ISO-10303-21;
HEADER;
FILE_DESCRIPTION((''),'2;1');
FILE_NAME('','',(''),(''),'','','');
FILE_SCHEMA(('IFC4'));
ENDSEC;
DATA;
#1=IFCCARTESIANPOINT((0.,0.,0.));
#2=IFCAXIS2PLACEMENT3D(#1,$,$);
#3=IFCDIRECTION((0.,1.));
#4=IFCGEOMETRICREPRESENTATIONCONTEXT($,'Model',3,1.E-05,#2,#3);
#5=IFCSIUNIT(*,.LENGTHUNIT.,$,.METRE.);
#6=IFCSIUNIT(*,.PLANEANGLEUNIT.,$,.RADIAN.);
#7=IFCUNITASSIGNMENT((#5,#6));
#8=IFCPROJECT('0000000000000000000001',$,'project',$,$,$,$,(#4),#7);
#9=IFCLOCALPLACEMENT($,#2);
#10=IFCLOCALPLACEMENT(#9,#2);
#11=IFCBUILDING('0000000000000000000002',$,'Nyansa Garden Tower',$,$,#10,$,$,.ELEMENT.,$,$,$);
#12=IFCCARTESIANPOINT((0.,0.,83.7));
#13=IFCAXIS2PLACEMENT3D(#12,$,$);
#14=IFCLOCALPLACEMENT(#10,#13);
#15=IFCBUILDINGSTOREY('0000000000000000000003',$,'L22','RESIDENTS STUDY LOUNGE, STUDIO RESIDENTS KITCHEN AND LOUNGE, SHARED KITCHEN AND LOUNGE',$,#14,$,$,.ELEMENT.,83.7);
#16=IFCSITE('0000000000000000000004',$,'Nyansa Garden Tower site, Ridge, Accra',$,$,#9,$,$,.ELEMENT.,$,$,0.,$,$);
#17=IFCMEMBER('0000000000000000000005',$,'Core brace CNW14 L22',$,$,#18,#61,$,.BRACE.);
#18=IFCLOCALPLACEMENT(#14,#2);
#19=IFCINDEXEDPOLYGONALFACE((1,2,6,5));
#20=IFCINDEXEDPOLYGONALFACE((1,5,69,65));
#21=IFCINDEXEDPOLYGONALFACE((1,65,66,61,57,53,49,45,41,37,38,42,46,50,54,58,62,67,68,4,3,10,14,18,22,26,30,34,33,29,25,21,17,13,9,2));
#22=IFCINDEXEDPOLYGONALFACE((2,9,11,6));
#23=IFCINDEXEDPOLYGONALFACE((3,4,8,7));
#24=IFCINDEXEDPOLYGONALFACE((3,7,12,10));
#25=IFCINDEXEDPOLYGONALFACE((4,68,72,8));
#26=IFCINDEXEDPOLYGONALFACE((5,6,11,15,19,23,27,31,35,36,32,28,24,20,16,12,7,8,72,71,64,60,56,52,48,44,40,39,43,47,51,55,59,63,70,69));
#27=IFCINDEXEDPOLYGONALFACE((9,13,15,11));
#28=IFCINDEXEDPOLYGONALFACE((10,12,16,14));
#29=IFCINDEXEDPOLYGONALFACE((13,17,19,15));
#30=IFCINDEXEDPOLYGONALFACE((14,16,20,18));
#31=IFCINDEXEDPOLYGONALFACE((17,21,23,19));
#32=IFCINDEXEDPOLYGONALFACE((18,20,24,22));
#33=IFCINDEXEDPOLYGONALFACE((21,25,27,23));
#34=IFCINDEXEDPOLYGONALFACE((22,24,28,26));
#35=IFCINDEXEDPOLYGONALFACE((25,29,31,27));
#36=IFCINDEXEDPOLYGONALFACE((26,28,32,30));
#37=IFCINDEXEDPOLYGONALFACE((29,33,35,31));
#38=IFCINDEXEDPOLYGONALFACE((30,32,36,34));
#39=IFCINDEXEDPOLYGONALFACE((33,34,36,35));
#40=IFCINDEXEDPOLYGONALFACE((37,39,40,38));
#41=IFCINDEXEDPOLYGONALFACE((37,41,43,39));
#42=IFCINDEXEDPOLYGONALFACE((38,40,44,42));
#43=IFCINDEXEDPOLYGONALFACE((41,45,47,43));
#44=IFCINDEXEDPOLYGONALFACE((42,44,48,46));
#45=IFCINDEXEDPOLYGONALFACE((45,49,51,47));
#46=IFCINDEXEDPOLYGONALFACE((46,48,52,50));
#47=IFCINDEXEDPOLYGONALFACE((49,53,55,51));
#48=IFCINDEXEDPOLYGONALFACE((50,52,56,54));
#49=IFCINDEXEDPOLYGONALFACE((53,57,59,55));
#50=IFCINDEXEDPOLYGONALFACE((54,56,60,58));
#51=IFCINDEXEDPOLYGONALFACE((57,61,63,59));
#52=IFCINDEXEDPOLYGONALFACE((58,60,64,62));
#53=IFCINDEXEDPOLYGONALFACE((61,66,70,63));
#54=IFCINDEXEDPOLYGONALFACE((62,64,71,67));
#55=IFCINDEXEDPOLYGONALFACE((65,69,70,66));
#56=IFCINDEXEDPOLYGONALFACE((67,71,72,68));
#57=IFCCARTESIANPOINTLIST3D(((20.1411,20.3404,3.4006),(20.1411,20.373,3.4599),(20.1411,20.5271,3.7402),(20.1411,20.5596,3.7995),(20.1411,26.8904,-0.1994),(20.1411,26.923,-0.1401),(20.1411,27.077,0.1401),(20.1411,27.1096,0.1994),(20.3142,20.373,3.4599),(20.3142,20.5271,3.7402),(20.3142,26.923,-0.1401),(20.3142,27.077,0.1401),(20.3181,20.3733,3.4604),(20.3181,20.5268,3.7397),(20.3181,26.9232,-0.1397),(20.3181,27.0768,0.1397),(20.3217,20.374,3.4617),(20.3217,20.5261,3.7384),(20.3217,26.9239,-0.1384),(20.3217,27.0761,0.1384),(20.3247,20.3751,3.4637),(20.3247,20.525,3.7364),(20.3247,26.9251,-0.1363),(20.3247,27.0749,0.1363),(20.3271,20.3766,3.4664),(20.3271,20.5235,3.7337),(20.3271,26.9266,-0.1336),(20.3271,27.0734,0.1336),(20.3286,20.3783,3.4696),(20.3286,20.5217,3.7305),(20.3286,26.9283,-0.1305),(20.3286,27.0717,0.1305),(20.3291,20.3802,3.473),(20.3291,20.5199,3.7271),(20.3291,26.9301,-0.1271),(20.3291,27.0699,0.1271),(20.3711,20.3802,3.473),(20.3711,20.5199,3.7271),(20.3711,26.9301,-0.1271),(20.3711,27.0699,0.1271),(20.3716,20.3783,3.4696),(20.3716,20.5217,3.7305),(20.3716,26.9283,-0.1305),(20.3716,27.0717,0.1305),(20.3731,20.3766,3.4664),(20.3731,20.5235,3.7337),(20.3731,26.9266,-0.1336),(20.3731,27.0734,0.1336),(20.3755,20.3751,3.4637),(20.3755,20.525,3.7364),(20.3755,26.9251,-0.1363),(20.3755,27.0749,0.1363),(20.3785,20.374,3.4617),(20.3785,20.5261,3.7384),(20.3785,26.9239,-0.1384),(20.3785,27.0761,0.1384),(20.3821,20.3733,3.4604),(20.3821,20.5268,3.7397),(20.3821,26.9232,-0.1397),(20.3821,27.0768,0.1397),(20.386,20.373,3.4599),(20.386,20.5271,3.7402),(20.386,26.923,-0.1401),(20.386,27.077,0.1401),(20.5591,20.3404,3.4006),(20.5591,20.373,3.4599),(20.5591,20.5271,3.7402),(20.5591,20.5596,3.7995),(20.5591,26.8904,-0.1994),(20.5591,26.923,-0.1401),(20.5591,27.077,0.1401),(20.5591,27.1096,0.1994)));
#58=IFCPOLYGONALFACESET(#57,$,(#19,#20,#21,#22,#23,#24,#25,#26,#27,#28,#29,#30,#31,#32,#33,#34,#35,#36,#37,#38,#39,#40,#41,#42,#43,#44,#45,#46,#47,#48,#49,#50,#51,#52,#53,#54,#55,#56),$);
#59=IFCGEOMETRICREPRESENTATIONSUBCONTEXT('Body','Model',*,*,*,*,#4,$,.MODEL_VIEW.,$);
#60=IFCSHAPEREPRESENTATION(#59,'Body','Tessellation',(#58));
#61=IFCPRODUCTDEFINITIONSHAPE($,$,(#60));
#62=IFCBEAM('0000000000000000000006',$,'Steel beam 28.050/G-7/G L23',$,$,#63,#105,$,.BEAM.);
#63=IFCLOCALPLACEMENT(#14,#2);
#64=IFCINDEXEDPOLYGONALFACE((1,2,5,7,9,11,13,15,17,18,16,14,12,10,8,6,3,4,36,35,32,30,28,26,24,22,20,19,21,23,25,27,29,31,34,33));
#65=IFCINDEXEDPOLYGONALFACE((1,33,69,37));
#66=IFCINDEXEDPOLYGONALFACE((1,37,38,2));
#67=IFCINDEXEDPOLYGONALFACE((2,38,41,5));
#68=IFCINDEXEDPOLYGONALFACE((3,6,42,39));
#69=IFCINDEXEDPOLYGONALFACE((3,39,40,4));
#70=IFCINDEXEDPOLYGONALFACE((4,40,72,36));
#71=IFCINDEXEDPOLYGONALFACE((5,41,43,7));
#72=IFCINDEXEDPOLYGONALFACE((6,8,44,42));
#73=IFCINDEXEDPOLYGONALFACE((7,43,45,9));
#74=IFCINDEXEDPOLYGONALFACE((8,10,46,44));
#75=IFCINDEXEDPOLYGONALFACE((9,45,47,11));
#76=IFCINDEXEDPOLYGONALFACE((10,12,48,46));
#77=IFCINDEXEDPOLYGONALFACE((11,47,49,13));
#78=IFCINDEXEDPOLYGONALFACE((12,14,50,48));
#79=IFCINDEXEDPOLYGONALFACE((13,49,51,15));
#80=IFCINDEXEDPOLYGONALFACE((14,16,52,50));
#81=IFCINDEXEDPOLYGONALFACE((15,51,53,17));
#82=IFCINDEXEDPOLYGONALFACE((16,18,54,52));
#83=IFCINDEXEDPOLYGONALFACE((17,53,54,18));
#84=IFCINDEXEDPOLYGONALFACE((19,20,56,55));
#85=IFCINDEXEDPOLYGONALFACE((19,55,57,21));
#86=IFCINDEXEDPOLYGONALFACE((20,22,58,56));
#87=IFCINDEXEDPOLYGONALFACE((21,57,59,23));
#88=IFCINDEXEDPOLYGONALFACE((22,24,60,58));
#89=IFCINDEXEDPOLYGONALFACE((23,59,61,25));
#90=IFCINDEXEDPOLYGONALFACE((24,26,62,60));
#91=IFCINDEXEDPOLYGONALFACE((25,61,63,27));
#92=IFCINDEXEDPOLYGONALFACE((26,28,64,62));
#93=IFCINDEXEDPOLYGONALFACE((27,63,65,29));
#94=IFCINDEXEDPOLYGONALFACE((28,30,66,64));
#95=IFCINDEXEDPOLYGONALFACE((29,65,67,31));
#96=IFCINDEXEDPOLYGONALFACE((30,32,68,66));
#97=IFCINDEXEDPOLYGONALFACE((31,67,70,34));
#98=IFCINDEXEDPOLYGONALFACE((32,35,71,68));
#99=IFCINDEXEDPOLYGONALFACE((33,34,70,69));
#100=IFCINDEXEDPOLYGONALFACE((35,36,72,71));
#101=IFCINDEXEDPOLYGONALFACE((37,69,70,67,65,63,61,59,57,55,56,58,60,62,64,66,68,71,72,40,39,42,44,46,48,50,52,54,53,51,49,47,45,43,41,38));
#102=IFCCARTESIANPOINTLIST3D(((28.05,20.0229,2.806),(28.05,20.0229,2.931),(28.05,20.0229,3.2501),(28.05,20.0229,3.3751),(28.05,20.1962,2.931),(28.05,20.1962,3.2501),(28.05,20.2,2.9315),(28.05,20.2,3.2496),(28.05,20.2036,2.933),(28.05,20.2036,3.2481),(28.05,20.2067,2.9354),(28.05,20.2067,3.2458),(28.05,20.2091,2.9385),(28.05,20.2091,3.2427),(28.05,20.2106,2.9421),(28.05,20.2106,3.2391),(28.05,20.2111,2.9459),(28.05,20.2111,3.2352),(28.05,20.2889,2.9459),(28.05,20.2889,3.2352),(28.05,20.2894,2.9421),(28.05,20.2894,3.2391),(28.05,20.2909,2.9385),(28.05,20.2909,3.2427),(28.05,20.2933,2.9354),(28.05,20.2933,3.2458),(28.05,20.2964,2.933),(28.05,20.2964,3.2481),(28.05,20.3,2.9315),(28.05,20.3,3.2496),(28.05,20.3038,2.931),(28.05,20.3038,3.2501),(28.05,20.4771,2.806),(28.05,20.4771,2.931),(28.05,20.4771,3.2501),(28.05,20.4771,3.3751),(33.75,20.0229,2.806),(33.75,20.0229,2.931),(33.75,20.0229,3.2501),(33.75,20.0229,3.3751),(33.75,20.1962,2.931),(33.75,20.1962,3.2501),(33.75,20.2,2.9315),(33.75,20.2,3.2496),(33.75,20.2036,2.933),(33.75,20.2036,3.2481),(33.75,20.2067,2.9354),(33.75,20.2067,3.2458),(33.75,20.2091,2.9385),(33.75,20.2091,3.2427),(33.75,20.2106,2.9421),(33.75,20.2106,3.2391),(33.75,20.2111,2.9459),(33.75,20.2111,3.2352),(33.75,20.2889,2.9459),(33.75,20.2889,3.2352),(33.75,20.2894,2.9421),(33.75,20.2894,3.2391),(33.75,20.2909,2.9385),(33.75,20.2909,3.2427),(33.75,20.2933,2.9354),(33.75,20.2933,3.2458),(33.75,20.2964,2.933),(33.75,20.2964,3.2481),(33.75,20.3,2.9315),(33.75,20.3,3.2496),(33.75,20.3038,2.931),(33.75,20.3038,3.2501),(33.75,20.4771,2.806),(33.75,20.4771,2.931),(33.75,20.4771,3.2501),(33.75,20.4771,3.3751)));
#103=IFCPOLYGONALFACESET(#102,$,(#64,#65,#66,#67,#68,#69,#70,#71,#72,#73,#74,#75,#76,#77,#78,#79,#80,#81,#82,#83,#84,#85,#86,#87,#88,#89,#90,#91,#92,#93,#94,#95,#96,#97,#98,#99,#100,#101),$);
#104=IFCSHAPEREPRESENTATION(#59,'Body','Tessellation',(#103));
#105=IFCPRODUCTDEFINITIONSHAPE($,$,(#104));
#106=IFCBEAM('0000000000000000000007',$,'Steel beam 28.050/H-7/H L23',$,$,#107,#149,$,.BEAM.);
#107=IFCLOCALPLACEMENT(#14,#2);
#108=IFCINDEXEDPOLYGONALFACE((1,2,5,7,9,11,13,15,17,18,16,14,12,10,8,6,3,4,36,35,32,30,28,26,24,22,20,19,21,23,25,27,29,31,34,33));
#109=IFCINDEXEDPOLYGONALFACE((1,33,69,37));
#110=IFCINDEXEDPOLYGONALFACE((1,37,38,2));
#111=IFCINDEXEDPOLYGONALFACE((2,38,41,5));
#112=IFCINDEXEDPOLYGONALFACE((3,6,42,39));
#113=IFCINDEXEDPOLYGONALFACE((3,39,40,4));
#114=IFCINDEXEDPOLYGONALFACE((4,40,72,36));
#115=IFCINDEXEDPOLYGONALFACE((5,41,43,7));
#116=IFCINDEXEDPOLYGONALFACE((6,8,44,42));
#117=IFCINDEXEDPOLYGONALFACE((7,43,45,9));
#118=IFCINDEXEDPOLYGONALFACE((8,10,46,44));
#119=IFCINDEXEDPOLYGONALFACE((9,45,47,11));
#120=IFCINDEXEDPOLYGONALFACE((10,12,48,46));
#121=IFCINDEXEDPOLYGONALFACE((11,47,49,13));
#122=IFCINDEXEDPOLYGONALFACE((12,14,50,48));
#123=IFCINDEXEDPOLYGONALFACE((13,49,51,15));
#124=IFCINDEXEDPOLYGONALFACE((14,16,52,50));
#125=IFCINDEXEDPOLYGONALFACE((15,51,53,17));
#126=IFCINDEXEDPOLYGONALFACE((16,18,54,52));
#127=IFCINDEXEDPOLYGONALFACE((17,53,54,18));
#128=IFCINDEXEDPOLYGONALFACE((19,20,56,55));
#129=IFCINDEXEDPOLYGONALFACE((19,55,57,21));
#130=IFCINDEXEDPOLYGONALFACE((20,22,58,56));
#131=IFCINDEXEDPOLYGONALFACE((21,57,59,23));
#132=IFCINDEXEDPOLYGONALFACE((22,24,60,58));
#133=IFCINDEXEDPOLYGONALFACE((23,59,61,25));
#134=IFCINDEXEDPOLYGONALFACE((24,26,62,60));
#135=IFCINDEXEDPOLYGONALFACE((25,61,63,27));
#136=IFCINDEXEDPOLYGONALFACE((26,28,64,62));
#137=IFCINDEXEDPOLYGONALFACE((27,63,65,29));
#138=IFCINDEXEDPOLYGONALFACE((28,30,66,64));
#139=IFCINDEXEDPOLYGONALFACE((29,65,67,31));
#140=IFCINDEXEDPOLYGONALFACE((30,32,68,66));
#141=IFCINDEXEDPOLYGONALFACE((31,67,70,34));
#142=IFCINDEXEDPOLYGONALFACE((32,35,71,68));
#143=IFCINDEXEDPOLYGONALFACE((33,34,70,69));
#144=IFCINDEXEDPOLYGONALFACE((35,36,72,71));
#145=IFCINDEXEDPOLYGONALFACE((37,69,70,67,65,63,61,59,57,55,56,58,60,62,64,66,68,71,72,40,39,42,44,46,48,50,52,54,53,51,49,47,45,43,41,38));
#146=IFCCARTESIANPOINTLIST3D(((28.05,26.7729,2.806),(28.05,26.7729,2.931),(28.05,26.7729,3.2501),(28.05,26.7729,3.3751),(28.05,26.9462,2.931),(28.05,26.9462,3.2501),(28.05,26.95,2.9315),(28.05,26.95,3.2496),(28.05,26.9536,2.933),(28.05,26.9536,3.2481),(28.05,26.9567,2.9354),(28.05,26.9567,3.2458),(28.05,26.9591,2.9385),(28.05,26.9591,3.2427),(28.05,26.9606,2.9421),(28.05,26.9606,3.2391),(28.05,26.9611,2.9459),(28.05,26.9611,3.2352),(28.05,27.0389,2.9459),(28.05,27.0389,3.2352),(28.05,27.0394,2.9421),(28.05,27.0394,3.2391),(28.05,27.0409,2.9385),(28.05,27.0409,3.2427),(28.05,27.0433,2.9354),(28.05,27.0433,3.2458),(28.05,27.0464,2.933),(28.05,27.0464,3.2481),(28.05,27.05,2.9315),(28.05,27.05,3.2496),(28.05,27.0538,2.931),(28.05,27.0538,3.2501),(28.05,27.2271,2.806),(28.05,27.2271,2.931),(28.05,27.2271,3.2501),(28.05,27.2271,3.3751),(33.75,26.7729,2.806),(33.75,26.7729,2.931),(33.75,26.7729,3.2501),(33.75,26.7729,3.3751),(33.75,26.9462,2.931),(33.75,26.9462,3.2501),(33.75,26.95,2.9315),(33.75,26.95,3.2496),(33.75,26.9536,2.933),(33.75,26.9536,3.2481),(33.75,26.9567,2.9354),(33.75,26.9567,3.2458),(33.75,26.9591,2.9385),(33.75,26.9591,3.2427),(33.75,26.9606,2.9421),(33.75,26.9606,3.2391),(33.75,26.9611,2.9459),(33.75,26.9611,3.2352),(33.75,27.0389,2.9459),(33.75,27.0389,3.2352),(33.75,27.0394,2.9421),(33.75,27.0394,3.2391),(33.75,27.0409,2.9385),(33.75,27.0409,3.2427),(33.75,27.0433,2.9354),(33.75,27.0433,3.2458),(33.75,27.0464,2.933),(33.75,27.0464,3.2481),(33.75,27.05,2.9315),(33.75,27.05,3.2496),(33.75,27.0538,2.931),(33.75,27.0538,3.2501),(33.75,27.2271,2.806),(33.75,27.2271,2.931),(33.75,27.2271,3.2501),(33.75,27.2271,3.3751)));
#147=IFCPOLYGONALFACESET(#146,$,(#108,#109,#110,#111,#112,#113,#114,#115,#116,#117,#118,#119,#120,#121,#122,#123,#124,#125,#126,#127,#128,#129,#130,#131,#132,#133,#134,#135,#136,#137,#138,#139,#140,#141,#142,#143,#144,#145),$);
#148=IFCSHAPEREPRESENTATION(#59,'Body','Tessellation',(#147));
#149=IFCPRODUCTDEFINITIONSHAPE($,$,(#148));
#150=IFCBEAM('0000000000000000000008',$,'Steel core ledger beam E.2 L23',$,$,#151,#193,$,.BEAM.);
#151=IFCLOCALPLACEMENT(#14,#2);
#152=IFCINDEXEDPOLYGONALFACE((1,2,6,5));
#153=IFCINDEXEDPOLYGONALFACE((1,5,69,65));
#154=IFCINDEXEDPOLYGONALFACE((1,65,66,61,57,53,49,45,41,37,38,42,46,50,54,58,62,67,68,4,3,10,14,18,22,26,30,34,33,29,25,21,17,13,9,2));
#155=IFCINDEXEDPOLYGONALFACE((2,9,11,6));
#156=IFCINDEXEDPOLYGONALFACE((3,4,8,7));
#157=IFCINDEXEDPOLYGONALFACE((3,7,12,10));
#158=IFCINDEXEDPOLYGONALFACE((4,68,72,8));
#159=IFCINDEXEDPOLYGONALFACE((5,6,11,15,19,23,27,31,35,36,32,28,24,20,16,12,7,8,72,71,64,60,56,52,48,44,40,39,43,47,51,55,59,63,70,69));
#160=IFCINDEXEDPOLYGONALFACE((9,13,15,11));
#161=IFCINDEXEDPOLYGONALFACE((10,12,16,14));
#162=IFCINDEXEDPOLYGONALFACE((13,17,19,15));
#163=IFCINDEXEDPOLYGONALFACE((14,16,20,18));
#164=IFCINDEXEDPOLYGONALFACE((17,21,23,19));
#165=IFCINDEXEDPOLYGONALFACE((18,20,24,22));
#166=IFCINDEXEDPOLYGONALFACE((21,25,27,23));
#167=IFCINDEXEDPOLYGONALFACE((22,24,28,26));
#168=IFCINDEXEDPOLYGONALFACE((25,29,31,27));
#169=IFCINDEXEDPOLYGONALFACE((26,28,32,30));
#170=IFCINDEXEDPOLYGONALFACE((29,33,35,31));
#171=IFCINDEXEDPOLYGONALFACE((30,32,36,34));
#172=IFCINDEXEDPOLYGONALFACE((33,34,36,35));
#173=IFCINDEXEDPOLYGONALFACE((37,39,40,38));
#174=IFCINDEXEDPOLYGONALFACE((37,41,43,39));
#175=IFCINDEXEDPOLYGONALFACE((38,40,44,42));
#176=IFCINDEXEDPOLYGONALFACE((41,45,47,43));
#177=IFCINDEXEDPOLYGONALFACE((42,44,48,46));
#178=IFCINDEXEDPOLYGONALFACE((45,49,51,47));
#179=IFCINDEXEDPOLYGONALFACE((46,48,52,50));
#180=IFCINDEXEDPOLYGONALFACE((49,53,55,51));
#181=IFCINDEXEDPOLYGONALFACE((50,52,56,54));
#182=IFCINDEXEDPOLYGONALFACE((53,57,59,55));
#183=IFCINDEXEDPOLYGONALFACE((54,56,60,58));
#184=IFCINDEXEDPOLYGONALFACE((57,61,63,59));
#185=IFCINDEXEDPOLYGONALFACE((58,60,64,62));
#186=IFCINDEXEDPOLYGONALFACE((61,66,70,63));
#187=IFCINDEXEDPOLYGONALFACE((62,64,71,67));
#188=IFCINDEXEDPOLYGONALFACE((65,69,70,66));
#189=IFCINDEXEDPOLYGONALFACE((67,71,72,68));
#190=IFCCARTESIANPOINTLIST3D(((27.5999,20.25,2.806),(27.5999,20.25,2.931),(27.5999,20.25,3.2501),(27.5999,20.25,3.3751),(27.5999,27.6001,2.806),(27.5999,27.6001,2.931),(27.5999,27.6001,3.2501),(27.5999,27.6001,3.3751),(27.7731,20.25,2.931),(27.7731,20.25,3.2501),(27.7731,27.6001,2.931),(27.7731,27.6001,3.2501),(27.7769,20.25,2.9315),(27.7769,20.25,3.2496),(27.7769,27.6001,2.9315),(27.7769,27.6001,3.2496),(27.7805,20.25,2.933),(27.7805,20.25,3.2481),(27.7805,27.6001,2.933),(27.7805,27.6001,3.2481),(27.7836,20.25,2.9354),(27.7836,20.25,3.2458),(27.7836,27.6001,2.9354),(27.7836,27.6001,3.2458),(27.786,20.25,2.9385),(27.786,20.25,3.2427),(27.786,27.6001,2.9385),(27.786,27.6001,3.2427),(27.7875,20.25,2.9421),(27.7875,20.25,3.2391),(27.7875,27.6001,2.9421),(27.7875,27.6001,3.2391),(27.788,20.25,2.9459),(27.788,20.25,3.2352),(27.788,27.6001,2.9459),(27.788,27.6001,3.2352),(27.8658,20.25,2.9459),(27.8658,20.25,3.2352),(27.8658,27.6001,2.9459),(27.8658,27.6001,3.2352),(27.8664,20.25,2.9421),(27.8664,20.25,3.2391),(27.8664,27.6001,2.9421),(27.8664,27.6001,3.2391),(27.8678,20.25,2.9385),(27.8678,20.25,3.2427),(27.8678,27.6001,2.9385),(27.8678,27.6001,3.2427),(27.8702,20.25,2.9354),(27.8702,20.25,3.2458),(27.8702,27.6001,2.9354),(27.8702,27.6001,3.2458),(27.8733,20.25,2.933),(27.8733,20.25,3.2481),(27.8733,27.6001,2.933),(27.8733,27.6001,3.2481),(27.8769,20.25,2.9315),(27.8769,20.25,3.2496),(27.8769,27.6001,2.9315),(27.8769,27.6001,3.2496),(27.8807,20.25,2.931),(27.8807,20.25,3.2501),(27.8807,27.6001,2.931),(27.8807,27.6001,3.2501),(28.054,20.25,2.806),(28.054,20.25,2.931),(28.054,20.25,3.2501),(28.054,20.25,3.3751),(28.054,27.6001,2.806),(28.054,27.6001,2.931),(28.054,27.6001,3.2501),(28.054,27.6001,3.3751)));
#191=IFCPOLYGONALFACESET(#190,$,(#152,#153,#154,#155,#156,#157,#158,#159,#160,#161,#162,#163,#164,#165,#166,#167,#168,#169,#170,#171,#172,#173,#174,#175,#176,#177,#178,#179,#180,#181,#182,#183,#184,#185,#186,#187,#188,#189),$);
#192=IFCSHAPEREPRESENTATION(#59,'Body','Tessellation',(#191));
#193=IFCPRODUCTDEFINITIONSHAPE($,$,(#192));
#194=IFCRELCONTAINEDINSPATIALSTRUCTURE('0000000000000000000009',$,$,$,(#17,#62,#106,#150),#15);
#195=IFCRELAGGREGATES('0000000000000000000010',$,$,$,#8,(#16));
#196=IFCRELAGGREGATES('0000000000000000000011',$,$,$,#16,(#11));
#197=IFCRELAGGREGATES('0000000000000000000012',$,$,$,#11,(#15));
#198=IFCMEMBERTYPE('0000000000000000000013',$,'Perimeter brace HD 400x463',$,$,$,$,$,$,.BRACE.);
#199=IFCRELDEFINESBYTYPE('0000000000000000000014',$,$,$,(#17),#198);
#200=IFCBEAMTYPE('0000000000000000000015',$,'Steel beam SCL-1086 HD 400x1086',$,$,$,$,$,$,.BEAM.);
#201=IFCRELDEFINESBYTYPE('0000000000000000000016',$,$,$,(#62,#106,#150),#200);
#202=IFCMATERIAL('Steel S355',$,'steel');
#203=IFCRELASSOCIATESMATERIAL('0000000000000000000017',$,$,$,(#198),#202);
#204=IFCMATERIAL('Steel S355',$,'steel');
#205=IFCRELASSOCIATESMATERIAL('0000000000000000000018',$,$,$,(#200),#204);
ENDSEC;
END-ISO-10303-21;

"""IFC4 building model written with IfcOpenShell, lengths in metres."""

from ifc_helpers import new_model, si_unit, direction, frame, origin, origin_2d, place, context, subcontext, project, spatial, i_section, extrude, material, material_profile, profile_set, type_object, element, save


model = new_model("IFC4")

# Units and contexts
model_context = context("Model", 3, precision=1e-05, world=origin(), true_north=direction((0.0, 1.0)))
body_context = subcontext(model_context, "Body", "Model", "MODEL_VIEW")
ifc_project = project(units=[si_unit("LENGTHUNIT", "METRE"), si_unit("PLANEANGLEUNIT", "RADIAN")], contexts=[model_context])

# Site, building, storey
site_placement = place(None, origin())
site = spatial("IfcSite", under=ifc_project, at=site_placement, Name="Nyansa Garden Tower site, Ridge, Accra", CompositionType="ELEMENT", RefElevation=0.0)
building_placement = place(site_placement, origin())
building = spatial("IfcBuilding", under=site, at=building_placement, Name="Nyansa Garden Tower", CompositionType="ELEMENT")
storey_placement = place(building_placement, frame((0.0, 0.0, 83.7)))
storey = spatial("IfcBuildingStorey", under=building, at=storey_placement, Name="L22", Description="RESIDENTS STUDY LOUNGE, STUDIO RESIDENTS KITCHEN AND LOUNGE, SHARED KITCHEN AND LOUNGE", CompositionType="ELEMENT", Elevation=83.7)

# Member
ifc_material_1 = material(Name="Steel S355", Category="steel")
ifc_material_profile_1 = material_profile(ifc_material_1, i_section(OverallWidth=0.418, OverallDepth=0.4551, WebThickness=0.042, FlangeThickness=0.0676, FilletRadius=0.0149, at=origin_2d()), Name="HD 400x463")
ifc_profile_set_1 = profile_set([ifc_material_profile_1], Name="Steel S355")
member_type = type_object("IfcMemberType", Name="Perimeter brace HD 400x463", PredefinedType="BRACE", material=ifc_profile_set_1)
member_1_placement = place(storey_placement, frame((20.3501, 27.0, 0.0), z_axis=(0.0, -0.876353, 0.481669), x_axis=(1.0, 0.0, 0.0)))
element("IfcMember", 1, at=member_1_placement, inside=storey, type_object=member_type, Name="Core brace CNW14 L22", PredefinedType="BRACE", context=body_context, shape_type="SweptSolid", body=[
    extrude(i_section(OverallWidth=0.418, OverallDepth=0.4551, WebThickness=0.042, FlangeThickness=0.0676, FilletRadius=0.0149, at=origin_2d()), origin(), (0.0, 0.0, 1.0), 7.4741),
])

# Beams
ifc_material_2 = material(Name="Steel S355", Category="steel")
ifc_material_profile_2 = material_profile(ifc_material_2, i_section(OverallWidth=0.4541, OverallDepth=0.5691, WebThickness=0.0779, FlangeThickness=0.125, FilletRadius=0.0149, at=origin_2d()), Name="HD 400x1086")
ifc_profile_set_2 = profile_set([ifc_material_profile_2], Name="Steel S355")
beam_type_1 = type_object("IfcBeamType", Name="Steel beam SCL-1086 HD 400x1086", PredefinedType="BEAM", material=ifc_profile_set_2)
for number, where, z_axis, x_axis, name in (
    (2, (28.05, 20.25, 3.0906), (1.0, 0.0, 0.0), (0.0, 1.0, 0.0), "Steel beam 28.050/G-7/G L23"),
    (3, (28.05, 27.0, 3.0906), (1.0, 0.0, 0.0), (0.0, 1.0, 0.0), "Steel beam 28.050/H-7/H L23"),
):
    element("IfcBeam", number, at=place(storey_placement, frame(where, z_axis=z_axis, x_axis=x_axis)), inside=storey, type_object=beam_type_1, Name=name, PredefinedType="BEAM", context=body_context, shape_type="SweptSolid", body=[
        extrude(i_section(OverallWidth=0.4541, OverallDepth=0.5691, WebThickness=0.0779, FlangeThickness=0.125, FilletRadius=0.0149, at=origin_2d()), origin(), (0.0, 0.0, 1.0), 5.7),
    ])
beam_1_placement = place(storey_placement, frame((27.8269, 20.25, 3.0906), z_axis=(0.0, 1.0, 0.0), x_axis=(-1.0, 0.0, 0.0)))
element("IfcBeam", 4, at=beam_1_placement, inside=storey, type_object=beam_type_1, Name="Steel core ledger beam E.2 L23", PredefinedType="BEAM", context=body_context, shape_type="SweptSolid", body=[
    extrude(i_section(OverallWidth=0.4541, OverallDepth=0.5691, WebThickness=0.0779, FlangeThickness=0.125, FilletRadius=0.0149, at=origin_2d()), origin(), (0.0, 0.0, 1.0), 7.3501),
])

save(model, "model.ifc")
